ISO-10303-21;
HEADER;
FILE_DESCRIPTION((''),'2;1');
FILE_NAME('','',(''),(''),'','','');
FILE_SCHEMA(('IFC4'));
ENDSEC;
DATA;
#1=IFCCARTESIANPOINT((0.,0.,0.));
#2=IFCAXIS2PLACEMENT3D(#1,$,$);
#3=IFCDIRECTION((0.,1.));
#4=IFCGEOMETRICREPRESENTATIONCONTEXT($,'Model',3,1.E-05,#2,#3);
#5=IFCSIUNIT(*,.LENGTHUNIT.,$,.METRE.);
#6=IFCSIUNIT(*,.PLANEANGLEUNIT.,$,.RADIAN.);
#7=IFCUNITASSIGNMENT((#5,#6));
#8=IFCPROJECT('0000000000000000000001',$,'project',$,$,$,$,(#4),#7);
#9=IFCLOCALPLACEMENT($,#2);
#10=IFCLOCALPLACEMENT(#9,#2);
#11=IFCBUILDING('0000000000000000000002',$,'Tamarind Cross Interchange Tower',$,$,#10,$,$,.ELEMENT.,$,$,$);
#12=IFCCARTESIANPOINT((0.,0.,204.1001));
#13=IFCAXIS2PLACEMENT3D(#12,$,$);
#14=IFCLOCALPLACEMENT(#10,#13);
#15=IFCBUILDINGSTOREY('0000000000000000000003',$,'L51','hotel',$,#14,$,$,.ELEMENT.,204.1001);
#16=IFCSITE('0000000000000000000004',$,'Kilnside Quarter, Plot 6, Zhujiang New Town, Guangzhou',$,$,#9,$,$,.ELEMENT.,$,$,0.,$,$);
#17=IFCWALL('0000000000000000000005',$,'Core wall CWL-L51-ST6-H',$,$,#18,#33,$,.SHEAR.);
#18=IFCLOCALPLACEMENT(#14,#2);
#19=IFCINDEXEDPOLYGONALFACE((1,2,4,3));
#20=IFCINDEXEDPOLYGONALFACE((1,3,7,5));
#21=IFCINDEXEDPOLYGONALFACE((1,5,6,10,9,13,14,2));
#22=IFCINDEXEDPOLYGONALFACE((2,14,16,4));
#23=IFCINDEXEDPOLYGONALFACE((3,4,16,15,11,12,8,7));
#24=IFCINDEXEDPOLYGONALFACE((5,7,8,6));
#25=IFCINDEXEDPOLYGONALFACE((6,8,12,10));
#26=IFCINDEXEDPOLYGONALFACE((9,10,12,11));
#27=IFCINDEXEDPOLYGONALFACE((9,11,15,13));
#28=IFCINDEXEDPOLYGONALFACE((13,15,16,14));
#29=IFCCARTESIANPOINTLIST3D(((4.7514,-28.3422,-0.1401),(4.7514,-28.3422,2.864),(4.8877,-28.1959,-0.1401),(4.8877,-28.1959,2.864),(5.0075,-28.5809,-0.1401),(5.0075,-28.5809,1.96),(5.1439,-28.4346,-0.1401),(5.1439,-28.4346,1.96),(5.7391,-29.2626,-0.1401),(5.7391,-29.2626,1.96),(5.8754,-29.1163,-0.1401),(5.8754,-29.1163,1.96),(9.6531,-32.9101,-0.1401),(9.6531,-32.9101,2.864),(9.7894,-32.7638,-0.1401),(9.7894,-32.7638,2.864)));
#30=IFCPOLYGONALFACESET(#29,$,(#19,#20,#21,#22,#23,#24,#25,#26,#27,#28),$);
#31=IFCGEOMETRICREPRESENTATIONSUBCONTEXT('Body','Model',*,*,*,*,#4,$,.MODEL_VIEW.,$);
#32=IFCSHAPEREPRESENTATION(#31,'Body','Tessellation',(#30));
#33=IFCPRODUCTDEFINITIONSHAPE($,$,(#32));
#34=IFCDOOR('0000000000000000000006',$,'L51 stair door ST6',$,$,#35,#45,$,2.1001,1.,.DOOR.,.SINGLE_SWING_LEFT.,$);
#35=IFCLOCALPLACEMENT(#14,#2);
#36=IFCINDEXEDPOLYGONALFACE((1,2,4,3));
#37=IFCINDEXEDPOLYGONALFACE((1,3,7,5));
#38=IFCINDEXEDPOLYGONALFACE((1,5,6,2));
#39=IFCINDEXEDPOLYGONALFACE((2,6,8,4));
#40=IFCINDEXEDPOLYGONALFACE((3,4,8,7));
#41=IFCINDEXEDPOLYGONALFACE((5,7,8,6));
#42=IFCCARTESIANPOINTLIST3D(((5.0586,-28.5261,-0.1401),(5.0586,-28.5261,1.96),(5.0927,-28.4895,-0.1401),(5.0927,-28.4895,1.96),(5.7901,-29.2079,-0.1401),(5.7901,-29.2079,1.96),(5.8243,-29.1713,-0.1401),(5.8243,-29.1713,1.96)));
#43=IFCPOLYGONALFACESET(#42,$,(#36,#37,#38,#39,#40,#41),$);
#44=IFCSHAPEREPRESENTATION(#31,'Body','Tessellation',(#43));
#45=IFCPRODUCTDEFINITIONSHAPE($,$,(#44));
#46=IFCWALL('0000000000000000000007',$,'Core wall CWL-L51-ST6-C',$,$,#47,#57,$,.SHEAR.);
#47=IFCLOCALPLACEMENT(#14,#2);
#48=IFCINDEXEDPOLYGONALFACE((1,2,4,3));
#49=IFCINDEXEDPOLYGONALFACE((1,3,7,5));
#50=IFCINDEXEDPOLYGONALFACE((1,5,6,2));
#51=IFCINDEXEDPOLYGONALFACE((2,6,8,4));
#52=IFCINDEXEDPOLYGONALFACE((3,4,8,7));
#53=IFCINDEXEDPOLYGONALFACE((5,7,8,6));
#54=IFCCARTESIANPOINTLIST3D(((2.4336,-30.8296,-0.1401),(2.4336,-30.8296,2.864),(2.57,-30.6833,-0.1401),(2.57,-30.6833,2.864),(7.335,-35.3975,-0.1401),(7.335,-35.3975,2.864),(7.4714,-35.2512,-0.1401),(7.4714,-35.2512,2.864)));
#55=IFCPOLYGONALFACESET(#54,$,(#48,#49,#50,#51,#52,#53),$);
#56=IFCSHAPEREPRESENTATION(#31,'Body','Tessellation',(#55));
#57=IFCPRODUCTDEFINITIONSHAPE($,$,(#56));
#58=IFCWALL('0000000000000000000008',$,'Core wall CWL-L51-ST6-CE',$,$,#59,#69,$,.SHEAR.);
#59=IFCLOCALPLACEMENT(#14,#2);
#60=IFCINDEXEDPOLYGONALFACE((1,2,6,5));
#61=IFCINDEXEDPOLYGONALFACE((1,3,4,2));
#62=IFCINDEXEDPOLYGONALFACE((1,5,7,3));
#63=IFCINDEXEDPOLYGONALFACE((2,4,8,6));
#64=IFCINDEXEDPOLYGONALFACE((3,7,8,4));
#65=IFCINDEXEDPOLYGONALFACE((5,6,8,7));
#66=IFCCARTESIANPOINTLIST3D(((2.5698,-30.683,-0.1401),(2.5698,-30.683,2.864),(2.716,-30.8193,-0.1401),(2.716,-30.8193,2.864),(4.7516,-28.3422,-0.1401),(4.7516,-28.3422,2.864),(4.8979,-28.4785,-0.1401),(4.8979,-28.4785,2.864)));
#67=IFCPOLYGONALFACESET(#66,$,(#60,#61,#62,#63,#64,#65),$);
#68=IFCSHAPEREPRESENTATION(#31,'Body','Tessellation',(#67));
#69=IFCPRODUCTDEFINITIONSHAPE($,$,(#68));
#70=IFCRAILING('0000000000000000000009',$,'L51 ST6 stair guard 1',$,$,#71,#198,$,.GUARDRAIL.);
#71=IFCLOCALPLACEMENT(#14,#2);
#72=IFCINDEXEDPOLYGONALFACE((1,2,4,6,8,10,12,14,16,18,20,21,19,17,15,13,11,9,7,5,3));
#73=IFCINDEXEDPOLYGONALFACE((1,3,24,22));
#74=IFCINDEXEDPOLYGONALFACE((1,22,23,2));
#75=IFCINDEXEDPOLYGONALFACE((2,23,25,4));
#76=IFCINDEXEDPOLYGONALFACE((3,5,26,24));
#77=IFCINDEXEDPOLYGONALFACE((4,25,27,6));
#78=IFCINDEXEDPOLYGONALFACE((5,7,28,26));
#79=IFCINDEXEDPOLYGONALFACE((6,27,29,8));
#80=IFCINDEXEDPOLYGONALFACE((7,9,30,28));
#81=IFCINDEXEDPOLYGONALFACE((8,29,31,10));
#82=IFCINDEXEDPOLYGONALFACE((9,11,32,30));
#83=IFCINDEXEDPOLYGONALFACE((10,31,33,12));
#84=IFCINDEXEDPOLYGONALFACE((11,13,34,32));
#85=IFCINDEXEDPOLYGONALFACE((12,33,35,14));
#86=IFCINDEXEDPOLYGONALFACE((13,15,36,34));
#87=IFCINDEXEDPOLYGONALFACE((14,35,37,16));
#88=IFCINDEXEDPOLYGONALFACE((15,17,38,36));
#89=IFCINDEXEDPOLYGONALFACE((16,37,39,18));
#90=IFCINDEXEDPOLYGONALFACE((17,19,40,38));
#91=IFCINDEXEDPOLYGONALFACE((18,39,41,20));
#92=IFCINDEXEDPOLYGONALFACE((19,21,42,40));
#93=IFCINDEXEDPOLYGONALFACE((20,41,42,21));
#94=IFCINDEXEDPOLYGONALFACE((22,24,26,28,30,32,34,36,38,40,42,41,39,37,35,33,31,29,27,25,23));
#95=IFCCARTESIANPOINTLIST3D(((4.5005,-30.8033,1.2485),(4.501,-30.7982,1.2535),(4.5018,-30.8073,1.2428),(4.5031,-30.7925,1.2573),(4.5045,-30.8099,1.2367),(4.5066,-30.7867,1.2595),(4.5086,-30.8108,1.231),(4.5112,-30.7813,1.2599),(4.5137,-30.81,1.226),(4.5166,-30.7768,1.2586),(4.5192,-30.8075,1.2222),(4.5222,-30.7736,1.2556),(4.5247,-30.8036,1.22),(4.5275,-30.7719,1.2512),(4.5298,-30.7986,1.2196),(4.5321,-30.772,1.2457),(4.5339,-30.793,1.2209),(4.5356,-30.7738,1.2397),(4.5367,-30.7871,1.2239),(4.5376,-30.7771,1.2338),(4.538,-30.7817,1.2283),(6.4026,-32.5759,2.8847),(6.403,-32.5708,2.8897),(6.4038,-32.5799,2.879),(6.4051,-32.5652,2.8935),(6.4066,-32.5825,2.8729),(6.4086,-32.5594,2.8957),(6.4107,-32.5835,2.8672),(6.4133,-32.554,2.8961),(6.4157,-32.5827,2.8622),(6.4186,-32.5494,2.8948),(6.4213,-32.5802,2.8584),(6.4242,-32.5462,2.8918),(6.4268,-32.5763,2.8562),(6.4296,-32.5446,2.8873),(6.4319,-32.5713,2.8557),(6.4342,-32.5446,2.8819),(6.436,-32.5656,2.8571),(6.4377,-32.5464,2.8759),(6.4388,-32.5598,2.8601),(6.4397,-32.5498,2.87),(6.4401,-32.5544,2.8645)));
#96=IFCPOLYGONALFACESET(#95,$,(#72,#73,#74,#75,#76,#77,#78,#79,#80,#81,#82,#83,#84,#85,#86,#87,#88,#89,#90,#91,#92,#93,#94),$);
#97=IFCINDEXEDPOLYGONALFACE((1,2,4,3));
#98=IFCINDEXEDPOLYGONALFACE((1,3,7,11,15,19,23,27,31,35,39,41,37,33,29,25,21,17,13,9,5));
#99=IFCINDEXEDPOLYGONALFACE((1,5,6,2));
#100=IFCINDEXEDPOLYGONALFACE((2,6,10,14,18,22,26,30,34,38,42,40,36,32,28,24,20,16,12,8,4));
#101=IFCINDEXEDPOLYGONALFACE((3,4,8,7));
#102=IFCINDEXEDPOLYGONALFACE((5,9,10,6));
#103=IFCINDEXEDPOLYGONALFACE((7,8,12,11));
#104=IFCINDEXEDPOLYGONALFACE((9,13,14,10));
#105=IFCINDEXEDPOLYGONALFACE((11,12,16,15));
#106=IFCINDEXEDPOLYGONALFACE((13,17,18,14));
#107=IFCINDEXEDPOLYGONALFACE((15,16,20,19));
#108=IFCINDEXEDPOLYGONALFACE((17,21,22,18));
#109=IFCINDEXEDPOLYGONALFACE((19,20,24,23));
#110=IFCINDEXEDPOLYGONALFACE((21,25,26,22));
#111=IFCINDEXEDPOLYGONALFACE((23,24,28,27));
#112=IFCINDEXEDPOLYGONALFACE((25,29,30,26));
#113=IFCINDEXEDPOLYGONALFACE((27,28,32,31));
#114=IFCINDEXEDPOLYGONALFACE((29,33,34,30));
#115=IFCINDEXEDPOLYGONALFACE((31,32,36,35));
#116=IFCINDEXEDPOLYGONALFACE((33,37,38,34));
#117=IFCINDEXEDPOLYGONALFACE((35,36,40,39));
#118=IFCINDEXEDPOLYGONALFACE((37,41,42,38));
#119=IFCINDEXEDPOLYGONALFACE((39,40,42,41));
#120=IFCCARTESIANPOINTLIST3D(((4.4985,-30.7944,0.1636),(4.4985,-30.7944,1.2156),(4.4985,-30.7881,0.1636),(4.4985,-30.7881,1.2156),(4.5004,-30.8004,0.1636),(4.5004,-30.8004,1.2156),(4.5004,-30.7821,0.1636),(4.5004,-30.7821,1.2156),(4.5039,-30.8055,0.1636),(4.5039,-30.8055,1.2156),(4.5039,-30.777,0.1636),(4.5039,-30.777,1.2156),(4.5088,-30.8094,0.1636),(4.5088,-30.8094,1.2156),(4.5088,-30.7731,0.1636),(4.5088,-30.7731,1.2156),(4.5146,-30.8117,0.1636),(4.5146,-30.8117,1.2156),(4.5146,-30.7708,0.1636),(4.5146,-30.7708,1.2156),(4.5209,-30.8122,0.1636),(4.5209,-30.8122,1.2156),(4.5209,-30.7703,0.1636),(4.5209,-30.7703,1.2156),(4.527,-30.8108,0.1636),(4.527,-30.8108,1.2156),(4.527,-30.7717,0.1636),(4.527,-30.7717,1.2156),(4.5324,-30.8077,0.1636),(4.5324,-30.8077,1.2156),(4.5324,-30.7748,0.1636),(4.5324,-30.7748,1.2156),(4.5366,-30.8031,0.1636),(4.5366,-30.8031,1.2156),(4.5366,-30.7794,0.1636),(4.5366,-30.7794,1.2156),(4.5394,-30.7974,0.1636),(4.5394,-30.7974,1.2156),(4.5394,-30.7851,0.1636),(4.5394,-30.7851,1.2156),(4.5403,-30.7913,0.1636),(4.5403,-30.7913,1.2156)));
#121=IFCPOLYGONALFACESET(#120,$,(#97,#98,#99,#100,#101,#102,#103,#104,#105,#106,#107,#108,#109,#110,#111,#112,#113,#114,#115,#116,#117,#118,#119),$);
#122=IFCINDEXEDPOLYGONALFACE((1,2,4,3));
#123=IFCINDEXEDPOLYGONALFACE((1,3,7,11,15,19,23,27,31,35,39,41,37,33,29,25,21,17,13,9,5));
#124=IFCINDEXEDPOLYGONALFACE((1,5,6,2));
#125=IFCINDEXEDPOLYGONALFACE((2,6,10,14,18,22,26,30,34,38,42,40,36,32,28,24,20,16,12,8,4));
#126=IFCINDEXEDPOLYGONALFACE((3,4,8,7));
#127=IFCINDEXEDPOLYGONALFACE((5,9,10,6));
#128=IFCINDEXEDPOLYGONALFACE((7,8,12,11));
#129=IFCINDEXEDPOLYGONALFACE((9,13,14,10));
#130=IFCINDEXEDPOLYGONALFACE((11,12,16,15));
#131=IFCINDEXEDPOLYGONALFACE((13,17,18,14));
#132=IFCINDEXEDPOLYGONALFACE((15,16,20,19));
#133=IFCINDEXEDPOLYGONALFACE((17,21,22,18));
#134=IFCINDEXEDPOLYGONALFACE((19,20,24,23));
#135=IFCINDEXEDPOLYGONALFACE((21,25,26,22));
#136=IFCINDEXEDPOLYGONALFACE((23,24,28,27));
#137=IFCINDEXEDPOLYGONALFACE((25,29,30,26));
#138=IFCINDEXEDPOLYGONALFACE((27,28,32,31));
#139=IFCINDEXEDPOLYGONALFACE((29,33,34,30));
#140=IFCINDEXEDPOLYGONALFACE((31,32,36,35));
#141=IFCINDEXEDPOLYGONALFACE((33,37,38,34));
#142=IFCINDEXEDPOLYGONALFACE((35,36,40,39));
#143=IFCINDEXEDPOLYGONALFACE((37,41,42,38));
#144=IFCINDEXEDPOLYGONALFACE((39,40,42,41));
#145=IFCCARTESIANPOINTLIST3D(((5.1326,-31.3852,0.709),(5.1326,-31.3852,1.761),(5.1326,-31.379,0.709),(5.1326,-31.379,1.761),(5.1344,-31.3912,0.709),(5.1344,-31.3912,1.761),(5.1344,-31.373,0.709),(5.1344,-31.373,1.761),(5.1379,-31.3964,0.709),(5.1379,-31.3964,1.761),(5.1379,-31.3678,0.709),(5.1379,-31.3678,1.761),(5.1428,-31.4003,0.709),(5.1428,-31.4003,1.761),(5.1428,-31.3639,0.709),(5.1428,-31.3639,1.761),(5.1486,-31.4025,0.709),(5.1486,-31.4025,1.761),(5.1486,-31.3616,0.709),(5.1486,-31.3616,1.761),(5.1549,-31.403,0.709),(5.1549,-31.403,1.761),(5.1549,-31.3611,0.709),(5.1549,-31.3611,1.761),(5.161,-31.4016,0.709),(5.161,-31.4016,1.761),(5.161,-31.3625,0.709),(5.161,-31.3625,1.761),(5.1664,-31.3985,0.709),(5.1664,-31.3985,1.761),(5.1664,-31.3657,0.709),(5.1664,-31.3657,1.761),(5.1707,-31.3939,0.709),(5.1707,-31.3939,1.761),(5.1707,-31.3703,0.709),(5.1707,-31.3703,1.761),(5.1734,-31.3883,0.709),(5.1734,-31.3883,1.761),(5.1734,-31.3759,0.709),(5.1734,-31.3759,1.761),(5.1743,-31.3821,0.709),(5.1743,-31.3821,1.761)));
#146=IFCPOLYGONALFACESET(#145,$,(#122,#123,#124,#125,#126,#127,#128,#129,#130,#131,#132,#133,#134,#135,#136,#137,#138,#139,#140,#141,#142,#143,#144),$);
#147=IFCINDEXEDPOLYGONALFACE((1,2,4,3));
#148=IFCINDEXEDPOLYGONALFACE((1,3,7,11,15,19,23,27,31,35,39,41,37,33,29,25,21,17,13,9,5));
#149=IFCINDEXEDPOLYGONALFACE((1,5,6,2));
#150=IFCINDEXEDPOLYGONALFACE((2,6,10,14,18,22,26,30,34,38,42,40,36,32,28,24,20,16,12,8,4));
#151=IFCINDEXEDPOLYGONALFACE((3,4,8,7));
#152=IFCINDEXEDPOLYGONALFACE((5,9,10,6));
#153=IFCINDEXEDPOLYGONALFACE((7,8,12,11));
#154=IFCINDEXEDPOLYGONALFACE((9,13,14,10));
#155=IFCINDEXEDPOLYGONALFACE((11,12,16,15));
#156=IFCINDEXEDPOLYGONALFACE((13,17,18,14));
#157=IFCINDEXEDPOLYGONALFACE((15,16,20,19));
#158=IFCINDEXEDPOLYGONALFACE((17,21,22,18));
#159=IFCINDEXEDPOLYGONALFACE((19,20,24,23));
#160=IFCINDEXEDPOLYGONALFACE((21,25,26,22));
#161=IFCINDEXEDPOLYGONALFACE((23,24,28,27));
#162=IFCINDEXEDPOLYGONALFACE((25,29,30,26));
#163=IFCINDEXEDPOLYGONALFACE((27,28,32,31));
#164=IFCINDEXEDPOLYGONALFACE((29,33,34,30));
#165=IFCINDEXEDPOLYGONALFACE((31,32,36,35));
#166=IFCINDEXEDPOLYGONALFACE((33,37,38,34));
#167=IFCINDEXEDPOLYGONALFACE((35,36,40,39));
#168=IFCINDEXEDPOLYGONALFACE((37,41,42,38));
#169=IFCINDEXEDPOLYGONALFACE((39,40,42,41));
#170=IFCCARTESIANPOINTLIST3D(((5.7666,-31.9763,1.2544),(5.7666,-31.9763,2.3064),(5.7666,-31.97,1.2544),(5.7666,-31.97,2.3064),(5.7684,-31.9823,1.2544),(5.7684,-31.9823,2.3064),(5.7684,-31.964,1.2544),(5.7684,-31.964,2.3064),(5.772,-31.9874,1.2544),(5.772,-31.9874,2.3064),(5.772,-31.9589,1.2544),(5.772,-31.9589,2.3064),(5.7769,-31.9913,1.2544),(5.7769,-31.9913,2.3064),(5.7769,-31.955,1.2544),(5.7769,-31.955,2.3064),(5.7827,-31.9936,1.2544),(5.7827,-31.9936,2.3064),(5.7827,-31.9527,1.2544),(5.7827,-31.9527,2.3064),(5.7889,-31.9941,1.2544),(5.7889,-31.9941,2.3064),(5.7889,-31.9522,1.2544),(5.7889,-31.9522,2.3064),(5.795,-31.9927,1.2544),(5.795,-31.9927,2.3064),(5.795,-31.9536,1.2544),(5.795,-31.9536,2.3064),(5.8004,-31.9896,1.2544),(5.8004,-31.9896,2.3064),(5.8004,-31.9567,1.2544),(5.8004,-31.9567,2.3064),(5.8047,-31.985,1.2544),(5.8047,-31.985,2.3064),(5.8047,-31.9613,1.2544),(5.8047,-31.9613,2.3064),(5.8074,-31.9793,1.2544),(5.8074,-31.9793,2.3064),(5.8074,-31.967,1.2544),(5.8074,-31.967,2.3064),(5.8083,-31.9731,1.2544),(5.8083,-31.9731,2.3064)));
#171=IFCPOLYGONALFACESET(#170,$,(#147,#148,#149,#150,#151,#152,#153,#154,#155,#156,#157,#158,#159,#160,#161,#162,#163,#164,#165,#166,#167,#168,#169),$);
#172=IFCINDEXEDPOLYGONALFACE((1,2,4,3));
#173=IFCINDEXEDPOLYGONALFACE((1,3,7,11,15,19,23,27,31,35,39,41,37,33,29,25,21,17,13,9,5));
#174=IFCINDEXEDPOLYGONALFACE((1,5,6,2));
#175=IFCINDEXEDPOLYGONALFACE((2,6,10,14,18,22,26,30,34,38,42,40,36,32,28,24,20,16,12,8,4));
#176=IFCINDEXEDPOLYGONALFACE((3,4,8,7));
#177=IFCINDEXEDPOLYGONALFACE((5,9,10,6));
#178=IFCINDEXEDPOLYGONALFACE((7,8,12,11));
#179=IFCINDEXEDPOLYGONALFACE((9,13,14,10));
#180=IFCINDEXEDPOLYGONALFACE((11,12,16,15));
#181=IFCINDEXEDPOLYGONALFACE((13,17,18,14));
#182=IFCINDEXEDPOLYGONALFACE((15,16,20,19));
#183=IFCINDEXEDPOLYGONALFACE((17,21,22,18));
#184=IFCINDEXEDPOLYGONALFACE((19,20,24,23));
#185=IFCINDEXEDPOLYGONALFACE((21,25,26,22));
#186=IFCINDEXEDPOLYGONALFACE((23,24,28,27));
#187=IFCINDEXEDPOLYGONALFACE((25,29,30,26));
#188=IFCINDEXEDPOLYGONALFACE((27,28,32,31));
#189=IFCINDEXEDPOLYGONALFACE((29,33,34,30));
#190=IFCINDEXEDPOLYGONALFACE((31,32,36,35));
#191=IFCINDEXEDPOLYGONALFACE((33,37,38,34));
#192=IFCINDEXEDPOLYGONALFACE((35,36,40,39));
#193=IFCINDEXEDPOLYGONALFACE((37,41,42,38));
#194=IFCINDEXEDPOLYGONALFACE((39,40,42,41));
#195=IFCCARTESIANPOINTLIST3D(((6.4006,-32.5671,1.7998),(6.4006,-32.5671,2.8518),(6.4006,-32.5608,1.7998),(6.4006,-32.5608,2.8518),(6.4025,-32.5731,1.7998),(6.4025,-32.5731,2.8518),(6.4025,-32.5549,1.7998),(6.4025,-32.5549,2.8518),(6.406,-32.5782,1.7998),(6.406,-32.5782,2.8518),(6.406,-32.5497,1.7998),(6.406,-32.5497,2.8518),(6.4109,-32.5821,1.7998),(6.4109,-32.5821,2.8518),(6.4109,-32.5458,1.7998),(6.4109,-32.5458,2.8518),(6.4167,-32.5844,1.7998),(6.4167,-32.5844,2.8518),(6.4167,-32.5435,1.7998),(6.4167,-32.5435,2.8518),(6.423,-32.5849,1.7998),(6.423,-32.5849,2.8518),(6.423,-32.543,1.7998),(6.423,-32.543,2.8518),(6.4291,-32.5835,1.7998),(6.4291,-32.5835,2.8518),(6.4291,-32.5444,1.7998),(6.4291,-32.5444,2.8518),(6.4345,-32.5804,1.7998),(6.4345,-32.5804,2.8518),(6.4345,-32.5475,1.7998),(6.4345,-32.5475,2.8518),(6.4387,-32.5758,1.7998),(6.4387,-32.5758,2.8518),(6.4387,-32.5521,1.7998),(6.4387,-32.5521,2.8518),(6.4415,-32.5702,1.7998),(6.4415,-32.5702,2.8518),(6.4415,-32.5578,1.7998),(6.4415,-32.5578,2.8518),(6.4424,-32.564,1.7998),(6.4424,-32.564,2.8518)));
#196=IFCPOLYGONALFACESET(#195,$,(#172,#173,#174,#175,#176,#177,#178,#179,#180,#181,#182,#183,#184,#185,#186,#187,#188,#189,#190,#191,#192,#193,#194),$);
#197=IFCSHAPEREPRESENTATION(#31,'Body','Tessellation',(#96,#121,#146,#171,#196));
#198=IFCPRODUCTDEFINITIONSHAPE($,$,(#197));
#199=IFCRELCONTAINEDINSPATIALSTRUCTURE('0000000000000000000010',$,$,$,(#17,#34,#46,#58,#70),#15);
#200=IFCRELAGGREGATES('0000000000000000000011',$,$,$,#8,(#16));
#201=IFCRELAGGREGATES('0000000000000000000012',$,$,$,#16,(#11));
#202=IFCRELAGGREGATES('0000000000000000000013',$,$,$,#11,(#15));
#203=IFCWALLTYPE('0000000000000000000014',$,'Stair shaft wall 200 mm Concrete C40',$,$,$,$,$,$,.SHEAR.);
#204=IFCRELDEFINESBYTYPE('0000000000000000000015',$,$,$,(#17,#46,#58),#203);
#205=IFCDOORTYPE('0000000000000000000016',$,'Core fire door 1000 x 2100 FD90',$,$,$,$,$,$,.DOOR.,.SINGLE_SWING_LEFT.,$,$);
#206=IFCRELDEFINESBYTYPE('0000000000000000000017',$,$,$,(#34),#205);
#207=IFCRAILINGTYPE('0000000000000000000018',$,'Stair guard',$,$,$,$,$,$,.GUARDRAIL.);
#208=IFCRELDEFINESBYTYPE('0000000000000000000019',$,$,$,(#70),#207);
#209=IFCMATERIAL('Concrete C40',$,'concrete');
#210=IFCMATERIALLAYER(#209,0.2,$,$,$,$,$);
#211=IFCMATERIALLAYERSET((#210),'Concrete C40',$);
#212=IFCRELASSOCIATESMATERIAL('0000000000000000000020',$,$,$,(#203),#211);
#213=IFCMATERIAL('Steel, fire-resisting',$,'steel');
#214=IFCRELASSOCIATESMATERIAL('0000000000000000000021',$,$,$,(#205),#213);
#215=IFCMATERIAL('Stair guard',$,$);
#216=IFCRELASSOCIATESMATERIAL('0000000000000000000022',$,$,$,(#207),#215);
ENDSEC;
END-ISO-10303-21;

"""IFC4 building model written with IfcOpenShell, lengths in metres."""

from ifc_helpers import new_model, si_unit, direction, frame, frame_2d, origin, origin_2d, place, context, subcontext, project, spatial, rectangle, circle, extrude, material, layer, layer_set, type_object, element, fill, save


model = new_model("IFC4")

# Units and contexts
model_context = context("Model", 3, precision=1e-05, world=origin(), true_north=direction((0.0, 1.0)))
body_context = subcontext(model_context, "Body", "Model", "MODEL_VIEW")
ifc_project = project(units=[si_unit("LENGTHUNIT", "METRE"), si_unit("PLANEANGLEUNIT", "RADIAN")], contexts=[model_context])

# Site, building, storey
site_placement = place(None, origin())
site = spatial("IfcSite", under=ifc_project, at=site_placement, Name="Kilnside Quarter, Plot 6, Zhujiang New Town, Guangzhou", CompositionType="ELEMENT", RefElevation=0.0)
building_placement = place(site_placement, origin())
building = spatial("IfcBuilding", under=site, at=building_placement, Name="Tamarind Cross Interchange Tower", CompositionType="ELEMENT")
storey_placement = place(building_placement, frame((0.0, 0.0, 204.1001)))
storey = spatial("IfcBuildingStorey", under=building, at=storey_placement, Name="L51", Description="hotel", CompositionType="ELEMENT", Elevation=204.1001)

# Wall, opening, door
ifc_material_1 = material(Name="Concrete C40", Category="concrete")
ifc_layer_1 = layer(ifc_material_1, 0.2)
ifc_layer_set_1 = layer_set([ifc_layer_1], Name="Concrete C40")
wall_type_1 = type_object("IfcWallType", Name="Stair shaft wall 200 mm Concrete C40", PredefinedType="SHEAR", material=ifc_layer_set_1)
wall_1_placement = place(storey_placement, frame((4.8196, -28.269, -0.1401), z_axis=(0.0, 0.0, 1.0), x_axis=(0.731574, -0.681762, 0.0)))
wall_1 = element("IfcWall", 1, at=wall_1_placement, inside=storey, type_object=wall_type_1, Name="Core wall CWL-L51-ST6-H", PredefinedType="SHEAR", context=body_context, shape_type="SweptSolid", body=[
    extrude(rectangle(XDim=6.7002, YDim=0.2, at=frame_2d((3.3501, 0.0))), origin(), (0.0, 0.0, 1.0), 3.0042),
])
opening_1_placement = place(wall_1_placement, frame((0.3501, 0.0, 0.0)))
opening_1 = element("IfcOpeningElement", 2, at=opening_1_placement, cuts=wall_1, PredefinedType="OPENING", context=body_context, shape_type="SweptSolid", body=[
    extrude(rectangle(XDim=1.0, YDim=2.1001, at=frame_2d((0.5, 1.05))), frame((0.0, 0.1099, 0.0), z_axis=(0.0, -1.0, 0.0), x_axis=(1.0, 0.0, 0.0)), (0.0, 0.0, 1.0), 0.22),
])
ifc_material_2 = material(Name="Steel, fire-resisting", Category="steel")
door_type_1 = type_object("IfcDoorType", Name="Core fire door 1000 x 2100 FD90", OperationType="SINGLE_SWING_LEFT", PredefinedType="DOOR", material=ifc_material_2)
door_1_placement = place(opening_1_placement, origin())
door_1 = element("IfcDoor", 3, at=door_1_placement, inside=storey, type_object=door_type_1, Name="L51 stair door ST6", OperationType="SINGLE_SWING_LEFT", OverallHeight=2.1001, OverallWidth=1.0, PredefinedType="DOOR", context=body_context, shape_type="SweptSolid", body=[
    extrude(rectangle(XDim=1.0, YDim=2.1001, at=frame_2d((0.5, 1.05))), frame((0.0, 0.0249, 0.0), z_axis=(0.0, -1.0, 0.0), x_axis=(1.0, 0.0, 0.0)), (0.0, 0.0, 1.0), 0.05),
])
fill(opening_1, door_1)

# Walls
wall_2_placement = place(storey_placement, frame((2.5017, -30.7563, -0.1401), z_axis=(0.0, 0.0, 1.0), x_axis=(0.731557, -0.681781, 0.0)))
element("IfcWall", 4, at=wall_2_placement, inside=storey, type_object=wall_type_1, Name="Core wall CWL-L51-ST6-C", PredefinedType="SHEAR", context=body_context, shape_type="SweptSolid", body=[
    extrude(rectangle(XDim=6.7, YDim=0.2, at=frame_2d((3.3501, 0.0))), origin(), (0.0, 0.0, 1.0), 3.0042),
])
wall_3_placement = place(storey_placement, frame((2.6428, -30.7512, -0.1401), z_axis=(0.0, 0.0, 1.0), x_axis=(0.681837, 0.731504, 0.0)))
element("IfcWall", 5, at=wall_3_placement, inside=storey, type_object=wall_type_1, Name="Core wall CWL-L51-ST6-CE", PredefinedType="SHEAR", context=body_context, shape_type="SweptSolid", body=[
    extrude(rectangle(XDim=3.2, YDim=0.2, at=frame_2d((1.6001, 0.0))), origin(), (0.0, 0.0, 1.0), 3.0042),
])

# Railing
ifc_material_3 = material(Name="Stair guard")
railing_type = type_object("IfcRailingType", Name="Stair guard", PredefinedType="GUARDRAIL", material=ifc_material_3)
railing_1_placement = place(storey_placement, frame((4.5193, -30.7913, 0.1636)))
element("IfcRailing", 6, at=railing_1_placement, inside=storey, type_object=railing_type, Name="L51 ST6 stair guard 1", PredefinedType="GUARDRAIL", context=body_context, shape_type="SweptSolid", body=[
    extrude(circle(Radius=0.0239, at=origin_2d()), frame((0.0, 0.0, 1.0762), z_axis=(0.619156, -0.577036, 0.532612), x_axis=(0.681786, 0.731552, 0.0)), (0.0, 0.0, 1.0), 3.072),
    extrude(circle(Radius=0.021, at=origin_2d()), origin(), (0.0, 0.0, 1.0), 1.052),
    extrude(circle(Radius=0.021, at=origin_2d()), frame((0.634, -0.5908, 0.5454)), (0.0, 0.0, 1.0), 1.052),
    extrude(circle(Radius=0.021, at=origin_2d()), frame((1.2681, -1.1819, 1.0908)), (0.0, 0.0, 1.0), 1.052),
    extrude(circle(Radius=0.021, at=origin_2d()), frame((1.9021, -1.7727, 1.6362)), (0.0, 0.0, 1.0), 1.052),
])

save(model, "model.ifc")
